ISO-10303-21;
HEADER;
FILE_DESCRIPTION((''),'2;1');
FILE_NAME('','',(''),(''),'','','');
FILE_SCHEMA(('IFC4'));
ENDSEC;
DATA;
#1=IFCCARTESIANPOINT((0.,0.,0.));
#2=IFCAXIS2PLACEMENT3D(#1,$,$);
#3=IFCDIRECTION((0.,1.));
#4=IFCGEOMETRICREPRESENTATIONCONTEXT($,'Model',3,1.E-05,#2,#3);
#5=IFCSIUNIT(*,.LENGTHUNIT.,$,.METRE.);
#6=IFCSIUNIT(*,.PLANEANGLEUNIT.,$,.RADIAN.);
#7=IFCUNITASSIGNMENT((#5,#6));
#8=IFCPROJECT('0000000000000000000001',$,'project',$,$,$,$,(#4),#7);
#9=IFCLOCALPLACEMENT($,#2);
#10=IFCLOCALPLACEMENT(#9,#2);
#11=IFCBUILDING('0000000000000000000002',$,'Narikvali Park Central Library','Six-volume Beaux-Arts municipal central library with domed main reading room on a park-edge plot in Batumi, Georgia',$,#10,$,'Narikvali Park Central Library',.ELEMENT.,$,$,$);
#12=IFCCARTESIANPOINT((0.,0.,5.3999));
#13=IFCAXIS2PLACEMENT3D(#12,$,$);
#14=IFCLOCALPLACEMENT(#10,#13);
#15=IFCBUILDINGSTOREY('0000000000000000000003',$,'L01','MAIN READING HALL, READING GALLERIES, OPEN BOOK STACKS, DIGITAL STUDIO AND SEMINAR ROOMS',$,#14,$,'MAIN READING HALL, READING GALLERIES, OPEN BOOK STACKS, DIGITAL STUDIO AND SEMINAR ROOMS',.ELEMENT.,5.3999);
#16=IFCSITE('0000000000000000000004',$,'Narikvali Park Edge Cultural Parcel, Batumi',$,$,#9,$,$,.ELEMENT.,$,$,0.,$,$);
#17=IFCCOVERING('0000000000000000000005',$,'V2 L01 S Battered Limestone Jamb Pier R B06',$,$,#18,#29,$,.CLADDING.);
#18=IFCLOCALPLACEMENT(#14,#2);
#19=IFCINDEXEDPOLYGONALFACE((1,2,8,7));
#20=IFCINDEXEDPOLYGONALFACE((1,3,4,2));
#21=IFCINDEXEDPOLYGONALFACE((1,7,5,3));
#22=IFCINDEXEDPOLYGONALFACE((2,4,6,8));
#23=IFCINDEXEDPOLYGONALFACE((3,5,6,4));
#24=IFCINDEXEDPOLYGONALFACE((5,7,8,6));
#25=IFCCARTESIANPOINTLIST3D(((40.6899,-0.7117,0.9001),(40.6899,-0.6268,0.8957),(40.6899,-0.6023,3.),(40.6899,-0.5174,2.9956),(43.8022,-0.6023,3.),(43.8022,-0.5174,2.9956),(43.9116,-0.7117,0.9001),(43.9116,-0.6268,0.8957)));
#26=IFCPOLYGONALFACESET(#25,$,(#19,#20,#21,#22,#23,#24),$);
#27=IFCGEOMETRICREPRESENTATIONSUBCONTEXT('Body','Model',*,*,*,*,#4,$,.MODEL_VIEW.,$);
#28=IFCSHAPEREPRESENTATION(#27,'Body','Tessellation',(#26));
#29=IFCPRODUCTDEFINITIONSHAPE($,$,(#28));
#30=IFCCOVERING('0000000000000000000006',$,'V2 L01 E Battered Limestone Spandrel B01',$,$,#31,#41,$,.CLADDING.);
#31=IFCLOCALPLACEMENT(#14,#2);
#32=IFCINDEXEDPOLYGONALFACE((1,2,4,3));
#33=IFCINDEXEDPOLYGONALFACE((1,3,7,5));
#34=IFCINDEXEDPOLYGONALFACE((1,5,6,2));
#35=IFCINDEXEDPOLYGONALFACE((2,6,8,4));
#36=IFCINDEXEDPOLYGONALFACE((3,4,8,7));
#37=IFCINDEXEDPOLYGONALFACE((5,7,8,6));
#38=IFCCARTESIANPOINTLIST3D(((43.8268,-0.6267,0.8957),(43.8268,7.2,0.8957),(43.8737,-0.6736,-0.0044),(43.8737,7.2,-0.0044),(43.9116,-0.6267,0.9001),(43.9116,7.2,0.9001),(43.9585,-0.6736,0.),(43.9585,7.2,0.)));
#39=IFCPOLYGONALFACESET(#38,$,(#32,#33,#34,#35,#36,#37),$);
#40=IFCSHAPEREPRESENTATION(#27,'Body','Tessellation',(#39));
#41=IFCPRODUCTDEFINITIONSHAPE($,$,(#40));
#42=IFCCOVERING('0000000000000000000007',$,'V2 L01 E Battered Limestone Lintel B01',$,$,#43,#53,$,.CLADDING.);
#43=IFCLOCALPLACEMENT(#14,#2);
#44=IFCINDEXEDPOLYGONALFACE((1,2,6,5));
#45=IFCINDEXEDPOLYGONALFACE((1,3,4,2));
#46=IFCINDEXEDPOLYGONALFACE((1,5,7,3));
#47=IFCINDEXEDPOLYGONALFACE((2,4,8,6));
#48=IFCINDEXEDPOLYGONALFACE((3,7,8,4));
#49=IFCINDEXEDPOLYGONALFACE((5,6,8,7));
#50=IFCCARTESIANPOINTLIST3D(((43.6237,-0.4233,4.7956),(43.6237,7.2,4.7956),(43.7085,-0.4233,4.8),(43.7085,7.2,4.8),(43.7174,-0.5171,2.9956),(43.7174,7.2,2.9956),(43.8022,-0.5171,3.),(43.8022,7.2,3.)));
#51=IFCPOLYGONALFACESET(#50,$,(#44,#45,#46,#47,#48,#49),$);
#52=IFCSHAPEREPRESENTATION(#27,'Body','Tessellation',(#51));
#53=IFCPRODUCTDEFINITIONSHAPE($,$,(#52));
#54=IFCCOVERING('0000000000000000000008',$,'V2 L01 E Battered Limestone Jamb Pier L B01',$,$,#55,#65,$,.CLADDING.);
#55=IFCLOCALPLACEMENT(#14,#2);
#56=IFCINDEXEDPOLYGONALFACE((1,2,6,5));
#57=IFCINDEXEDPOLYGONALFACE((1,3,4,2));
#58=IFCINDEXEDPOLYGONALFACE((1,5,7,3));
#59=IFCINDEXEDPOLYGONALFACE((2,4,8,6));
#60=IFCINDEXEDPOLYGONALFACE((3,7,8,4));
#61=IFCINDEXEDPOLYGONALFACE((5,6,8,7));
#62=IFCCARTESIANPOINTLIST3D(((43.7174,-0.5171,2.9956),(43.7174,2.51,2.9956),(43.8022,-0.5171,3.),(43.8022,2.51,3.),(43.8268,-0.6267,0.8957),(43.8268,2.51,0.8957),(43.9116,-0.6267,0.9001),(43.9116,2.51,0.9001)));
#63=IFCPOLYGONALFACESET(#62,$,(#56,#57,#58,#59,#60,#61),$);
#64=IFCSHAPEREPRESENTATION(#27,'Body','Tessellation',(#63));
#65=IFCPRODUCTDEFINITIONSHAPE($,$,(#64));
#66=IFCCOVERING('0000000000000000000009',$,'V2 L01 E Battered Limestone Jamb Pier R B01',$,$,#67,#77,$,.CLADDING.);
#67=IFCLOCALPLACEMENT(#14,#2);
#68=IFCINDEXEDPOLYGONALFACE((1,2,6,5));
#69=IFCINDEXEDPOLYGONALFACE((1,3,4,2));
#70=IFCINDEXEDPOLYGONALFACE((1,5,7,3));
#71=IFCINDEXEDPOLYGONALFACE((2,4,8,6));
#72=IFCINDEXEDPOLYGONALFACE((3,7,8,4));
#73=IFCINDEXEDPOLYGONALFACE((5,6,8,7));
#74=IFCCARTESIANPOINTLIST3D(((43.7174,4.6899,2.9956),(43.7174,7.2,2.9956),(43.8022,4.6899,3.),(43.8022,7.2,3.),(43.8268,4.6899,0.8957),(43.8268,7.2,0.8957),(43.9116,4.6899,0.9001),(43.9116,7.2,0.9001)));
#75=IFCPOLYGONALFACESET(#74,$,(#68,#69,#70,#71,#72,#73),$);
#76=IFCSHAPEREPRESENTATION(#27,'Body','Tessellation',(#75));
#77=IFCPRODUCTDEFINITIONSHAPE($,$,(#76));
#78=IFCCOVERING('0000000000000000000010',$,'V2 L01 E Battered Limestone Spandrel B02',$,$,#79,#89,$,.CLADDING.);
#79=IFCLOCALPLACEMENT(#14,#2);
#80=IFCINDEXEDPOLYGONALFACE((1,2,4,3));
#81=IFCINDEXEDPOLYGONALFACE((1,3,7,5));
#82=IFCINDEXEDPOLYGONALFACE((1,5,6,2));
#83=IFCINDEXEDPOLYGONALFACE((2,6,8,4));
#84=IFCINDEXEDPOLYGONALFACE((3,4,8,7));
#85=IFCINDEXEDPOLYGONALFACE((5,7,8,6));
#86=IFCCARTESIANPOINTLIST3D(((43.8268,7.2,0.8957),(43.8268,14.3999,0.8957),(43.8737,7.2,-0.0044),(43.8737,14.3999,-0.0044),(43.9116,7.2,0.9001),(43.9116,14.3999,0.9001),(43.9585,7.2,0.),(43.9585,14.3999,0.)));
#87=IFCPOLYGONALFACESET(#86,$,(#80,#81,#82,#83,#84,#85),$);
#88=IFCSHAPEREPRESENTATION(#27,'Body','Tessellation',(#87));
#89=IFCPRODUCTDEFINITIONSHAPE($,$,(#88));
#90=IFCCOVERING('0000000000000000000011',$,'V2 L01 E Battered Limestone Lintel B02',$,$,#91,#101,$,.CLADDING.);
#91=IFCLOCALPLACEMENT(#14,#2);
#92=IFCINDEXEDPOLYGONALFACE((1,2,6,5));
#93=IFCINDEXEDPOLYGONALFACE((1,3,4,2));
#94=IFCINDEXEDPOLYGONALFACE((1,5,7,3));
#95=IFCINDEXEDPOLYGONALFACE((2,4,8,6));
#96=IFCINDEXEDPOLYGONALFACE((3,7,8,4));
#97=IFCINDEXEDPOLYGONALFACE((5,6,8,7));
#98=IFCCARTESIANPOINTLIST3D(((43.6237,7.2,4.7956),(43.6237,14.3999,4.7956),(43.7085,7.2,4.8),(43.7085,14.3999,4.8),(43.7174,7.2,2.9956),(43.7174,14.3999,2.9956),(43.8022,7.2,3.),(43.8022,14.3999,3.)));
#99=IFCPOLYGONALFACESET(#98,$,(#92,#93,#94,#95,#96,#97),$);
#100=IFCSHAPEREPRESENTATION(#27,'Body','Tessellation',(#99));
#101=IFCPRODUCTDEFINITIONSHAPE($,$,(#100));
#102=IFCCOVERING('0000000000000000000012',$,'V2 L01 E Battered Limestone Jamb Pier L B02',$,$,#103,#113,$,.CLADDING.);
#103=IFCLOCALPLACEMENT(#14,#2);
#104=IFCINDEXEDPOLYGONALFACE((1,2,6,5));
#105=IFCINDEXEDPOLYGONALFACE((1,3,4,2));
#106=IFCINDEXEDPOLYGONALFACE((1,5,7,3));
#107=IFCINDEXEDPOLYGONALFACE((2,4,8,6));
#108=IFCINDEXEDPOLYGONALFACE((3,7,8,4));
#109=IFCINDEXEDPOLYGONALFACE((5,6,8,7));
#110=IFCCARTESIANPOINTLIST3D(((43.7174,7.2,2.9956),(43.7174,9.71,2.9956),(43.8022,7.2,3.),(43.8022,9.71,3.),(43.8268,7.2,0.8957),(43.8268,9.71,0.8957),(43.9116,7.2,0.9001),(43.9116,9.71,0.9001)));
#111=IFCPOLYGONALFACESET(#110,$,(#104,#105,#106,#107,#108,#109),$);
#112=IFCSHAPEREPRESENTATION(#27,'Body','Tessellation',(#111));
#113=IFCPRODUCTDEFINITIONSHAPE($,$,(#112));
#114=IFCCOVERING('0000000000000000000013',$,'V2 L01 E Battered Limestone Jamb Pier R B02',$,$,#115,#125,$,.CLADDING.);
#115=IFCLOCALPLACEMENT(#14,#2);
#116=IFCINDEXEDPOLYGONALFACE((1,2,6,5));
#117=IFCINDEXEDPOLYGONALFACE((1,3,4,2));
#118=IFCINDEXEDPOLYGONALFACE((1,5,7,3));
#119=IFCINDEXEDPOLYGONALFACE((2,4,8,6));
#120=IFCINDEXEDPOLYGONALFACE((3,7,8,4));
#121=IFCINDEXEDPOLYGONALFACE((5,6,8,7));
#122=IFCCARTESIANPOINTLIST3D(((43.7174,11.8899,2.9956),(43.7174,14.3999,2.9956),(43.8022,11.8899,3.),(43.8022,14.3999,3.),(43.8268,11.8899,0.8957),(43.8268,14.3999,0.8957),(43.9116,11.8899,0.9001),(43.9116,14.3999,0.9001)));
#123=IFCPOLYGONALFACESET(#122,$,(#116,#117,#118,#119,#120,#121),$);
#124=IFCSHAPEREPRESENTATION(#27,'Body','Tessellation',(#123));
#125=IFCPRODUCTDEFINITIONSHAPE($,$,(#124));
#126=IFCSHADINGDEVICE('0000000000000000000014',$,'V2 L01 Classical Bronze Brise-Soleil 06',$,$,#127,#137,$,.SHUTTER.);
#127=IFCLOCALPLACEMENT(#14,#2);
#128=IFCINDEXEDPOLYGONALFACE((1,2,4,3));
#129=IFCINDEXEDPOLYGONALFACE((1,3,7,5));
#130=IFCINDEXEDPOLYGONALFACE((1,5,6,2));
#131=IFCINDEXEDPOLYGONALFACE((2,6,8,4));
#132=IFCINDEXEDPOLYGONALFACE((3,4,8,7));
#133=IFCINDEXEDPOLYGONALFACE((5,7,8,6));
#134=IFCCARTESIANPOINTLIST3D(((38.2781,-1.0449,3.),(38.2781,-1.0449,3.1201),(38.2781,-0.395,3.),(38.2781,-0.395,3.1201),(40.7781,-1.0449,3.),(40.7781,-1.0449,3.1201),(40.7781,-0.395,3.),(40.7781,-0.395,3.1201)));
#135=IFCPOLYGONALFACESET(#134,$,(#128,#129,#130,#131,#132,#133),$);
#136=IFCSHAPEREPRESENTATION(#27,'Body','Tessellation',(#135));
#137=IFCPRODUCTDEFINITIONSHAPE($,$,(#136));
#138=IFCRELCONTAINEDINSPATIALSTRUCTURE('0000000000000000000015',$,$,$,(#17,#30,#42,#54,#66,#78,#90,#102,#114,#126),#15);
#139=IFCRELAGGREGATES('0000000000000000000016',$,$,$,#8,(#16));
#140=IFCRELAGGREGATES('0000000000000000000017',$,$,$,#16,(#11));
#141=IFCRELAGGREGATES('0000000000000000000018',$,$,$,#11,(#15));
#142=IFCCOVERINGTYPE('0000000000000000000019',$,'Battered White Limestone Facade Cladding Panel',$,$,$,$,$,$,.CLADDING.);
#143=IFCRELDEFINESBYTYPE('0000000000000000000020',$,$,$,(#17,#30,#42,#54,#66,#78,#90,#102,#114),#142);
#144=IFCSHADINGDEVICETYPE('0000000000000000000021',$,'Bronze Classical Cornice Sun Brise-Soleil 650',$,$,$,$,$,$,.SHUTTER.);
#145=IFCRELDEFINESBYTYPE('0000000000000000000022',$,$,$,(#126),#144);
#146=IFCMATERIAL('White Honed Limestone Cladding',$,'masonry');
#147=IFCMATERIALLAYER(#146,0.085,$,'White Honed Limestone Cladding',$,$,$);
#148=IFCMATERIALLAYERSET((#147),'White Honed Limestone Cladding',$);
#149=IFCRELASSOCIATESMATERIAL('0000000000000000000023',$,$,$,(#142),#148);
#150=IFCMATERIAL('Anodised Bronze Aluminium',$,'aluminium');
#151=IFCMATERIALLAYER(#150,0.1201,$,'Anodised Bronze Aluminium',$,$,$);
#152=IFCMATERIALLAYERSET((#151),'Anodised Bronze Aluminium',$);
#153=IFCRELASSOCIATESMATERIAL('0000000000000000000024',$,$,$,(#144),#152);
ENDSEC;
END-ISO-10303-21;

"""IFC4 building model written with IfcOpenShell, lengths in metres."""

from ifc_helpers import new_model, si_unit, direction, frame, origin, origin_2d, place, context, subcontext, project, spatial, polyline, rectangle, outline, extrude, material, layer, layer_set, type_object, element, save


model = new_model("IFC4")

# Units and contexts
model_context = context("Model", 3, precision=1e-05, world=origin(), true_north=direction((0.0, 1.0)))
body_context = subcontext(model_context, "Body", "Model", "MODEL_VIEW")
ifc_project = project(units=[si_unit("LENGTHUNIT", "METRE"), si_unit("PLANEANGLEUNIT", "RADIAN")], contexts=[model_context])

# Site, building, storey
site_placement = place(None, origin())
site = spatial("IfcSite", under=ifc_project, at=site_placement, Name="Narikvali Park Edge Cultural Parcel, Batumi", CompositionType="ELEMENT", RefElevation=0.0)
building_placement = place(site_placement, origin())
building = spatial("IfcBuilding", under=site, at=building_placement, Name="Narikvali Park Central Library", Description="Six-volume Beaux-Arts municipal central library with domed main reading room on a park-edge plot in Batumi, Georgia", LongName="Narikvali Park Central Library", CompositionType="ELEMENT")
storey_placement = place(building_placement, frame((0.0, 0.0, 5.3999)))
storey = spatial("IfcBuildingStorey", under=building, at=storey_placement, Name="L01", Description="MAIN READING HALL, READING GALLERIES, OPEN BOOK STACKS, DIGITAL STUDIO AND SEMINAR ROOMS", LongName="MAIN READING HALL, READING GALLERIES, OPEN BOOK STACKS, DIGITAL STUDIO AND SEMINAR ROOMS", CompositionType="ELEMENT", Elevation=5.3999)

# Coverings
ifc_material_1 = material(Name="White Honed Limestone Cladding", Category="masonry")
ifc_layer_1 = layer(ifc_material_1, 0.085, Name="White Honed Limestone Cladding")
ifc_layer_set_1 = layer_set([ifc_layer_1], Name="White Honed Limestone Cladding")
covering_type = type_object("IfcCoveringType", Name="Battered White Limestone Facade Cladding Panel", PredefinedType="CLADDING", material=ifc_layer_set_1)
covering_1_placement = place(storey_placement, frame((40.6899, -0.7117, 0.9001), z_axis=(0.0, -0.998646, 0.052016), x_axis=(1.0, 0.0, 0.0)))
element("IfcCovering", 1, at=covering_1_placement, inside=storey, type_object=covering_type, Name="V2 L01 S Battered Limestone Jamb Pier R B06", PredefinedType="CLADDING", context=body_context, shape_type="SweptSolid", body=[
    extrude(outline(polyline([(0.0, 0.0), (3.2217, 0.0), (3.1123, 2.1027), (0.0, 2.1027), (0.0, 0.0)])), origin(), (0.0, 0.0, -1.0), 0.085),
])
covering_2_placement = place(storey_placement, frame((43.9585, -0.6736, 0.0), z_axis=(0.998647, 0.0, 0.052004), x_axis=(0.0, 1.0, 0.0)))
element("IfcCovering", 2, at=covering_2_placement, inside=storey, type_object=covering_type, Name="V2 L01 E Battered Limestone Spandrel B01", PredefinedType="CLADDING", context=body_context, shape_type="SweptSolid", body=[
    extrude(outline(polyline([(0.0, 0.0), (7.8735, 0.0), (7.8735, 0.9014), (0.0469, 0.9014), (0.0, 0.0)])), origin(), (0.0, 0.0, -1.0), 0.085),
])
covering_3_placement = place(storey_placement, frame((43.8022, -0.5171, 3.0), z_axis=(0.998646, 0.0, 0.052011), x_axis=(0.0, 1.0, 0.0)))
element("IfcCovering", 3, at=covering_3_placement, inside=storey, type_object=covering_type, Name="V2 L01 E Battered Limestone Lintel B01", PredefinedType="CLADDING", context=body_context, shape_type="SweptSolid", body=[
    extrude(outline(polyline([(0.0, 0.0), (7.717, 0.0), (7.717, 1.8025), (0.0938, 1.8025), (0.0, 0.0)])), origin(), (0.0, 0.0, -1.0), 0.085),
])
covering_4_placement = place(storey_placement, frame((43.9116, -0.6267, 0.9001), z_axis=(0.998646, 0.0, 0.052016), x_axis=(0.0, 1.0, 0.0)))
element("IfcCovering", 4, at=covering_4_placement, inside=storey, type_object=covering_type, Name="V2 L01 E Battered Limestone Jamb Pier L B01", PredefinedType="CLADDING", context=body_context, shape_type="SweptSolid", body=[
    extrude(outline(polyline([(0.0, 0.0), (3.1367, 0.0), (3.1367, 2.1027), (0.1096, 2.1027), (0.0, 0.0)])), origin(), (0.0, 0.0, -1.0), 0.085),
])
covering_5_placement = place(storey_placement, frame((43.9116, 4.6899, 0.9001), z_axis=(0.998646, 0.0, 0.052016), x_axis=(0.0, 1.0, 0.0)))
element("IfcCovering", 5, at=covering_5_placement, inside=storey, type_object=covering_type, Name="V2 L01 E Battered Limestone Jamb Pier R B01", PredefinedType="CLADDING", context=body_context, shape_type="SweptSolid", body=[
    extrude(outline(polyline([(0.0, 0.0), (2.51, 0.0), (2.51, 2.1027), (0.0, 2.1027), (0.0, 0.0)])), origin(), (0.0, 0.0, -1.0), 0.085),
])
covering_6_placement = place(storey_placement, frame((43.9585, 7.2, 0.0), z_axis=(0.998647, 0.0, 0.052004), x_axis=(0.0, 1.0, 0.0)))
element("IfcCovering", 6, at=covering_6_placement, inside=storey, type_object=covering_type, Name="V2 L01 E Battered Limestone Spandrel B02", PredefinedType="CLADDING", context=body_context, shape_type="SweptSolid", body=[
    extrude(outline(polyline([(0.0, 0.0), (7.2, 0.0), (7.2, 0.9014), (0.0, 0.9014), (0.0, 0.0)])), origin(), (0.0, 0.0, -1.0), 0.085),
])
covering_7_placement = place(storey_placement, frame((43.8022, 7.2, 3.0), z_axis=(0.998646, 0.0, 0.052011), x_axis=(0.0, 1.0, 0.0)))
element("IfcCovering", 7, at=covering_7_placement, inside=storey, type_object=covering_type, Name="V2 L01 E Battered Limestone Lintel B02", PredefinedType="CLADDING", context=body_context, shape_type="SweptSolid", body=[
    extrude(outline(polyline([(0.0, 0.0), (7.2, 0.0), (7.2, 1.8025), (0.0, 1.8025), (0.0, 0.0)])), origin(), (0.0, 0.0, -1.0), 0.085),
])
for number, where, z_axis, x_axis, name in (
    (8, (43.9116, 7.2, 0.9001), (0.998646, 0.0, 0.052016), (0.0, 1.0, 0.0), "V2 L01 E Battered Limestone Jamb Pier L B02"),
    (9, (43.9116, 11.8899, 0.9001), (0.998646, 0.0, 0.052016), (0.0, 1.0, 0.0), "V2 L01 E Battered Limestone Jamb Pier R B02"),
):
    element("IfcCovering", number, at=place(storey_placement, frame(where, z_axis=z_axis, x_axis=x_axis)), inside=storey, type_object=covering_type, Name=name, PredefinedType="CLADDING", context=body_context, shape_type="SweptSolid", body=[
        extrude(outline(polyline([(0.0, 0.0), (2.51, 0.0), (2.51, 2.1027), (0.0, 2.1027), (0.0, 0.0)])), origin(), (0.0, 0.0, -1.0), 0.085),
    ])

# Shading device
ifc_material_2 = material(Name="Anodised Bronze Aluminium", Category="aluminium")
ifc_layer_2 = layer(ifc_material_2, 0.1201, Name="Anodised Bronze Aluminium")
ifc_layer_set_2 = layer_set([ifc_layer_2], Name="Anodised Bronze Aluminium")
shading_device_type = type_object("IfcShadingDeviceType", Name="Bronze Classical Cornice Sun Brise-Soleil 650", PredefinedType="SHUTTER", material=ifc_layer_set_2)
shading_device_placement = place(storey_placement, frame((39.5281, -0.72, 3.0), z_axis=(0.0, 0.0, 1.0), x_axis=(1.0, 0.0, 0.0)))
element("IfcShadingDevice", 10, at=shading_device_placement, inside=storey, type_object=shading_device_type, Name="V2 L01 Classical Bronze Brise-Soleil 06", PredefinedType="SHUTTER", context=body_context, shape_type="SweptSolid", body=[
    extrude(rectangle(XDim=2.5, YDim=0.6499, at=origin_2d()), origin(), (0.0, 0.0, 1.0), 0.1201),
])

save(model, "model.ifc")
